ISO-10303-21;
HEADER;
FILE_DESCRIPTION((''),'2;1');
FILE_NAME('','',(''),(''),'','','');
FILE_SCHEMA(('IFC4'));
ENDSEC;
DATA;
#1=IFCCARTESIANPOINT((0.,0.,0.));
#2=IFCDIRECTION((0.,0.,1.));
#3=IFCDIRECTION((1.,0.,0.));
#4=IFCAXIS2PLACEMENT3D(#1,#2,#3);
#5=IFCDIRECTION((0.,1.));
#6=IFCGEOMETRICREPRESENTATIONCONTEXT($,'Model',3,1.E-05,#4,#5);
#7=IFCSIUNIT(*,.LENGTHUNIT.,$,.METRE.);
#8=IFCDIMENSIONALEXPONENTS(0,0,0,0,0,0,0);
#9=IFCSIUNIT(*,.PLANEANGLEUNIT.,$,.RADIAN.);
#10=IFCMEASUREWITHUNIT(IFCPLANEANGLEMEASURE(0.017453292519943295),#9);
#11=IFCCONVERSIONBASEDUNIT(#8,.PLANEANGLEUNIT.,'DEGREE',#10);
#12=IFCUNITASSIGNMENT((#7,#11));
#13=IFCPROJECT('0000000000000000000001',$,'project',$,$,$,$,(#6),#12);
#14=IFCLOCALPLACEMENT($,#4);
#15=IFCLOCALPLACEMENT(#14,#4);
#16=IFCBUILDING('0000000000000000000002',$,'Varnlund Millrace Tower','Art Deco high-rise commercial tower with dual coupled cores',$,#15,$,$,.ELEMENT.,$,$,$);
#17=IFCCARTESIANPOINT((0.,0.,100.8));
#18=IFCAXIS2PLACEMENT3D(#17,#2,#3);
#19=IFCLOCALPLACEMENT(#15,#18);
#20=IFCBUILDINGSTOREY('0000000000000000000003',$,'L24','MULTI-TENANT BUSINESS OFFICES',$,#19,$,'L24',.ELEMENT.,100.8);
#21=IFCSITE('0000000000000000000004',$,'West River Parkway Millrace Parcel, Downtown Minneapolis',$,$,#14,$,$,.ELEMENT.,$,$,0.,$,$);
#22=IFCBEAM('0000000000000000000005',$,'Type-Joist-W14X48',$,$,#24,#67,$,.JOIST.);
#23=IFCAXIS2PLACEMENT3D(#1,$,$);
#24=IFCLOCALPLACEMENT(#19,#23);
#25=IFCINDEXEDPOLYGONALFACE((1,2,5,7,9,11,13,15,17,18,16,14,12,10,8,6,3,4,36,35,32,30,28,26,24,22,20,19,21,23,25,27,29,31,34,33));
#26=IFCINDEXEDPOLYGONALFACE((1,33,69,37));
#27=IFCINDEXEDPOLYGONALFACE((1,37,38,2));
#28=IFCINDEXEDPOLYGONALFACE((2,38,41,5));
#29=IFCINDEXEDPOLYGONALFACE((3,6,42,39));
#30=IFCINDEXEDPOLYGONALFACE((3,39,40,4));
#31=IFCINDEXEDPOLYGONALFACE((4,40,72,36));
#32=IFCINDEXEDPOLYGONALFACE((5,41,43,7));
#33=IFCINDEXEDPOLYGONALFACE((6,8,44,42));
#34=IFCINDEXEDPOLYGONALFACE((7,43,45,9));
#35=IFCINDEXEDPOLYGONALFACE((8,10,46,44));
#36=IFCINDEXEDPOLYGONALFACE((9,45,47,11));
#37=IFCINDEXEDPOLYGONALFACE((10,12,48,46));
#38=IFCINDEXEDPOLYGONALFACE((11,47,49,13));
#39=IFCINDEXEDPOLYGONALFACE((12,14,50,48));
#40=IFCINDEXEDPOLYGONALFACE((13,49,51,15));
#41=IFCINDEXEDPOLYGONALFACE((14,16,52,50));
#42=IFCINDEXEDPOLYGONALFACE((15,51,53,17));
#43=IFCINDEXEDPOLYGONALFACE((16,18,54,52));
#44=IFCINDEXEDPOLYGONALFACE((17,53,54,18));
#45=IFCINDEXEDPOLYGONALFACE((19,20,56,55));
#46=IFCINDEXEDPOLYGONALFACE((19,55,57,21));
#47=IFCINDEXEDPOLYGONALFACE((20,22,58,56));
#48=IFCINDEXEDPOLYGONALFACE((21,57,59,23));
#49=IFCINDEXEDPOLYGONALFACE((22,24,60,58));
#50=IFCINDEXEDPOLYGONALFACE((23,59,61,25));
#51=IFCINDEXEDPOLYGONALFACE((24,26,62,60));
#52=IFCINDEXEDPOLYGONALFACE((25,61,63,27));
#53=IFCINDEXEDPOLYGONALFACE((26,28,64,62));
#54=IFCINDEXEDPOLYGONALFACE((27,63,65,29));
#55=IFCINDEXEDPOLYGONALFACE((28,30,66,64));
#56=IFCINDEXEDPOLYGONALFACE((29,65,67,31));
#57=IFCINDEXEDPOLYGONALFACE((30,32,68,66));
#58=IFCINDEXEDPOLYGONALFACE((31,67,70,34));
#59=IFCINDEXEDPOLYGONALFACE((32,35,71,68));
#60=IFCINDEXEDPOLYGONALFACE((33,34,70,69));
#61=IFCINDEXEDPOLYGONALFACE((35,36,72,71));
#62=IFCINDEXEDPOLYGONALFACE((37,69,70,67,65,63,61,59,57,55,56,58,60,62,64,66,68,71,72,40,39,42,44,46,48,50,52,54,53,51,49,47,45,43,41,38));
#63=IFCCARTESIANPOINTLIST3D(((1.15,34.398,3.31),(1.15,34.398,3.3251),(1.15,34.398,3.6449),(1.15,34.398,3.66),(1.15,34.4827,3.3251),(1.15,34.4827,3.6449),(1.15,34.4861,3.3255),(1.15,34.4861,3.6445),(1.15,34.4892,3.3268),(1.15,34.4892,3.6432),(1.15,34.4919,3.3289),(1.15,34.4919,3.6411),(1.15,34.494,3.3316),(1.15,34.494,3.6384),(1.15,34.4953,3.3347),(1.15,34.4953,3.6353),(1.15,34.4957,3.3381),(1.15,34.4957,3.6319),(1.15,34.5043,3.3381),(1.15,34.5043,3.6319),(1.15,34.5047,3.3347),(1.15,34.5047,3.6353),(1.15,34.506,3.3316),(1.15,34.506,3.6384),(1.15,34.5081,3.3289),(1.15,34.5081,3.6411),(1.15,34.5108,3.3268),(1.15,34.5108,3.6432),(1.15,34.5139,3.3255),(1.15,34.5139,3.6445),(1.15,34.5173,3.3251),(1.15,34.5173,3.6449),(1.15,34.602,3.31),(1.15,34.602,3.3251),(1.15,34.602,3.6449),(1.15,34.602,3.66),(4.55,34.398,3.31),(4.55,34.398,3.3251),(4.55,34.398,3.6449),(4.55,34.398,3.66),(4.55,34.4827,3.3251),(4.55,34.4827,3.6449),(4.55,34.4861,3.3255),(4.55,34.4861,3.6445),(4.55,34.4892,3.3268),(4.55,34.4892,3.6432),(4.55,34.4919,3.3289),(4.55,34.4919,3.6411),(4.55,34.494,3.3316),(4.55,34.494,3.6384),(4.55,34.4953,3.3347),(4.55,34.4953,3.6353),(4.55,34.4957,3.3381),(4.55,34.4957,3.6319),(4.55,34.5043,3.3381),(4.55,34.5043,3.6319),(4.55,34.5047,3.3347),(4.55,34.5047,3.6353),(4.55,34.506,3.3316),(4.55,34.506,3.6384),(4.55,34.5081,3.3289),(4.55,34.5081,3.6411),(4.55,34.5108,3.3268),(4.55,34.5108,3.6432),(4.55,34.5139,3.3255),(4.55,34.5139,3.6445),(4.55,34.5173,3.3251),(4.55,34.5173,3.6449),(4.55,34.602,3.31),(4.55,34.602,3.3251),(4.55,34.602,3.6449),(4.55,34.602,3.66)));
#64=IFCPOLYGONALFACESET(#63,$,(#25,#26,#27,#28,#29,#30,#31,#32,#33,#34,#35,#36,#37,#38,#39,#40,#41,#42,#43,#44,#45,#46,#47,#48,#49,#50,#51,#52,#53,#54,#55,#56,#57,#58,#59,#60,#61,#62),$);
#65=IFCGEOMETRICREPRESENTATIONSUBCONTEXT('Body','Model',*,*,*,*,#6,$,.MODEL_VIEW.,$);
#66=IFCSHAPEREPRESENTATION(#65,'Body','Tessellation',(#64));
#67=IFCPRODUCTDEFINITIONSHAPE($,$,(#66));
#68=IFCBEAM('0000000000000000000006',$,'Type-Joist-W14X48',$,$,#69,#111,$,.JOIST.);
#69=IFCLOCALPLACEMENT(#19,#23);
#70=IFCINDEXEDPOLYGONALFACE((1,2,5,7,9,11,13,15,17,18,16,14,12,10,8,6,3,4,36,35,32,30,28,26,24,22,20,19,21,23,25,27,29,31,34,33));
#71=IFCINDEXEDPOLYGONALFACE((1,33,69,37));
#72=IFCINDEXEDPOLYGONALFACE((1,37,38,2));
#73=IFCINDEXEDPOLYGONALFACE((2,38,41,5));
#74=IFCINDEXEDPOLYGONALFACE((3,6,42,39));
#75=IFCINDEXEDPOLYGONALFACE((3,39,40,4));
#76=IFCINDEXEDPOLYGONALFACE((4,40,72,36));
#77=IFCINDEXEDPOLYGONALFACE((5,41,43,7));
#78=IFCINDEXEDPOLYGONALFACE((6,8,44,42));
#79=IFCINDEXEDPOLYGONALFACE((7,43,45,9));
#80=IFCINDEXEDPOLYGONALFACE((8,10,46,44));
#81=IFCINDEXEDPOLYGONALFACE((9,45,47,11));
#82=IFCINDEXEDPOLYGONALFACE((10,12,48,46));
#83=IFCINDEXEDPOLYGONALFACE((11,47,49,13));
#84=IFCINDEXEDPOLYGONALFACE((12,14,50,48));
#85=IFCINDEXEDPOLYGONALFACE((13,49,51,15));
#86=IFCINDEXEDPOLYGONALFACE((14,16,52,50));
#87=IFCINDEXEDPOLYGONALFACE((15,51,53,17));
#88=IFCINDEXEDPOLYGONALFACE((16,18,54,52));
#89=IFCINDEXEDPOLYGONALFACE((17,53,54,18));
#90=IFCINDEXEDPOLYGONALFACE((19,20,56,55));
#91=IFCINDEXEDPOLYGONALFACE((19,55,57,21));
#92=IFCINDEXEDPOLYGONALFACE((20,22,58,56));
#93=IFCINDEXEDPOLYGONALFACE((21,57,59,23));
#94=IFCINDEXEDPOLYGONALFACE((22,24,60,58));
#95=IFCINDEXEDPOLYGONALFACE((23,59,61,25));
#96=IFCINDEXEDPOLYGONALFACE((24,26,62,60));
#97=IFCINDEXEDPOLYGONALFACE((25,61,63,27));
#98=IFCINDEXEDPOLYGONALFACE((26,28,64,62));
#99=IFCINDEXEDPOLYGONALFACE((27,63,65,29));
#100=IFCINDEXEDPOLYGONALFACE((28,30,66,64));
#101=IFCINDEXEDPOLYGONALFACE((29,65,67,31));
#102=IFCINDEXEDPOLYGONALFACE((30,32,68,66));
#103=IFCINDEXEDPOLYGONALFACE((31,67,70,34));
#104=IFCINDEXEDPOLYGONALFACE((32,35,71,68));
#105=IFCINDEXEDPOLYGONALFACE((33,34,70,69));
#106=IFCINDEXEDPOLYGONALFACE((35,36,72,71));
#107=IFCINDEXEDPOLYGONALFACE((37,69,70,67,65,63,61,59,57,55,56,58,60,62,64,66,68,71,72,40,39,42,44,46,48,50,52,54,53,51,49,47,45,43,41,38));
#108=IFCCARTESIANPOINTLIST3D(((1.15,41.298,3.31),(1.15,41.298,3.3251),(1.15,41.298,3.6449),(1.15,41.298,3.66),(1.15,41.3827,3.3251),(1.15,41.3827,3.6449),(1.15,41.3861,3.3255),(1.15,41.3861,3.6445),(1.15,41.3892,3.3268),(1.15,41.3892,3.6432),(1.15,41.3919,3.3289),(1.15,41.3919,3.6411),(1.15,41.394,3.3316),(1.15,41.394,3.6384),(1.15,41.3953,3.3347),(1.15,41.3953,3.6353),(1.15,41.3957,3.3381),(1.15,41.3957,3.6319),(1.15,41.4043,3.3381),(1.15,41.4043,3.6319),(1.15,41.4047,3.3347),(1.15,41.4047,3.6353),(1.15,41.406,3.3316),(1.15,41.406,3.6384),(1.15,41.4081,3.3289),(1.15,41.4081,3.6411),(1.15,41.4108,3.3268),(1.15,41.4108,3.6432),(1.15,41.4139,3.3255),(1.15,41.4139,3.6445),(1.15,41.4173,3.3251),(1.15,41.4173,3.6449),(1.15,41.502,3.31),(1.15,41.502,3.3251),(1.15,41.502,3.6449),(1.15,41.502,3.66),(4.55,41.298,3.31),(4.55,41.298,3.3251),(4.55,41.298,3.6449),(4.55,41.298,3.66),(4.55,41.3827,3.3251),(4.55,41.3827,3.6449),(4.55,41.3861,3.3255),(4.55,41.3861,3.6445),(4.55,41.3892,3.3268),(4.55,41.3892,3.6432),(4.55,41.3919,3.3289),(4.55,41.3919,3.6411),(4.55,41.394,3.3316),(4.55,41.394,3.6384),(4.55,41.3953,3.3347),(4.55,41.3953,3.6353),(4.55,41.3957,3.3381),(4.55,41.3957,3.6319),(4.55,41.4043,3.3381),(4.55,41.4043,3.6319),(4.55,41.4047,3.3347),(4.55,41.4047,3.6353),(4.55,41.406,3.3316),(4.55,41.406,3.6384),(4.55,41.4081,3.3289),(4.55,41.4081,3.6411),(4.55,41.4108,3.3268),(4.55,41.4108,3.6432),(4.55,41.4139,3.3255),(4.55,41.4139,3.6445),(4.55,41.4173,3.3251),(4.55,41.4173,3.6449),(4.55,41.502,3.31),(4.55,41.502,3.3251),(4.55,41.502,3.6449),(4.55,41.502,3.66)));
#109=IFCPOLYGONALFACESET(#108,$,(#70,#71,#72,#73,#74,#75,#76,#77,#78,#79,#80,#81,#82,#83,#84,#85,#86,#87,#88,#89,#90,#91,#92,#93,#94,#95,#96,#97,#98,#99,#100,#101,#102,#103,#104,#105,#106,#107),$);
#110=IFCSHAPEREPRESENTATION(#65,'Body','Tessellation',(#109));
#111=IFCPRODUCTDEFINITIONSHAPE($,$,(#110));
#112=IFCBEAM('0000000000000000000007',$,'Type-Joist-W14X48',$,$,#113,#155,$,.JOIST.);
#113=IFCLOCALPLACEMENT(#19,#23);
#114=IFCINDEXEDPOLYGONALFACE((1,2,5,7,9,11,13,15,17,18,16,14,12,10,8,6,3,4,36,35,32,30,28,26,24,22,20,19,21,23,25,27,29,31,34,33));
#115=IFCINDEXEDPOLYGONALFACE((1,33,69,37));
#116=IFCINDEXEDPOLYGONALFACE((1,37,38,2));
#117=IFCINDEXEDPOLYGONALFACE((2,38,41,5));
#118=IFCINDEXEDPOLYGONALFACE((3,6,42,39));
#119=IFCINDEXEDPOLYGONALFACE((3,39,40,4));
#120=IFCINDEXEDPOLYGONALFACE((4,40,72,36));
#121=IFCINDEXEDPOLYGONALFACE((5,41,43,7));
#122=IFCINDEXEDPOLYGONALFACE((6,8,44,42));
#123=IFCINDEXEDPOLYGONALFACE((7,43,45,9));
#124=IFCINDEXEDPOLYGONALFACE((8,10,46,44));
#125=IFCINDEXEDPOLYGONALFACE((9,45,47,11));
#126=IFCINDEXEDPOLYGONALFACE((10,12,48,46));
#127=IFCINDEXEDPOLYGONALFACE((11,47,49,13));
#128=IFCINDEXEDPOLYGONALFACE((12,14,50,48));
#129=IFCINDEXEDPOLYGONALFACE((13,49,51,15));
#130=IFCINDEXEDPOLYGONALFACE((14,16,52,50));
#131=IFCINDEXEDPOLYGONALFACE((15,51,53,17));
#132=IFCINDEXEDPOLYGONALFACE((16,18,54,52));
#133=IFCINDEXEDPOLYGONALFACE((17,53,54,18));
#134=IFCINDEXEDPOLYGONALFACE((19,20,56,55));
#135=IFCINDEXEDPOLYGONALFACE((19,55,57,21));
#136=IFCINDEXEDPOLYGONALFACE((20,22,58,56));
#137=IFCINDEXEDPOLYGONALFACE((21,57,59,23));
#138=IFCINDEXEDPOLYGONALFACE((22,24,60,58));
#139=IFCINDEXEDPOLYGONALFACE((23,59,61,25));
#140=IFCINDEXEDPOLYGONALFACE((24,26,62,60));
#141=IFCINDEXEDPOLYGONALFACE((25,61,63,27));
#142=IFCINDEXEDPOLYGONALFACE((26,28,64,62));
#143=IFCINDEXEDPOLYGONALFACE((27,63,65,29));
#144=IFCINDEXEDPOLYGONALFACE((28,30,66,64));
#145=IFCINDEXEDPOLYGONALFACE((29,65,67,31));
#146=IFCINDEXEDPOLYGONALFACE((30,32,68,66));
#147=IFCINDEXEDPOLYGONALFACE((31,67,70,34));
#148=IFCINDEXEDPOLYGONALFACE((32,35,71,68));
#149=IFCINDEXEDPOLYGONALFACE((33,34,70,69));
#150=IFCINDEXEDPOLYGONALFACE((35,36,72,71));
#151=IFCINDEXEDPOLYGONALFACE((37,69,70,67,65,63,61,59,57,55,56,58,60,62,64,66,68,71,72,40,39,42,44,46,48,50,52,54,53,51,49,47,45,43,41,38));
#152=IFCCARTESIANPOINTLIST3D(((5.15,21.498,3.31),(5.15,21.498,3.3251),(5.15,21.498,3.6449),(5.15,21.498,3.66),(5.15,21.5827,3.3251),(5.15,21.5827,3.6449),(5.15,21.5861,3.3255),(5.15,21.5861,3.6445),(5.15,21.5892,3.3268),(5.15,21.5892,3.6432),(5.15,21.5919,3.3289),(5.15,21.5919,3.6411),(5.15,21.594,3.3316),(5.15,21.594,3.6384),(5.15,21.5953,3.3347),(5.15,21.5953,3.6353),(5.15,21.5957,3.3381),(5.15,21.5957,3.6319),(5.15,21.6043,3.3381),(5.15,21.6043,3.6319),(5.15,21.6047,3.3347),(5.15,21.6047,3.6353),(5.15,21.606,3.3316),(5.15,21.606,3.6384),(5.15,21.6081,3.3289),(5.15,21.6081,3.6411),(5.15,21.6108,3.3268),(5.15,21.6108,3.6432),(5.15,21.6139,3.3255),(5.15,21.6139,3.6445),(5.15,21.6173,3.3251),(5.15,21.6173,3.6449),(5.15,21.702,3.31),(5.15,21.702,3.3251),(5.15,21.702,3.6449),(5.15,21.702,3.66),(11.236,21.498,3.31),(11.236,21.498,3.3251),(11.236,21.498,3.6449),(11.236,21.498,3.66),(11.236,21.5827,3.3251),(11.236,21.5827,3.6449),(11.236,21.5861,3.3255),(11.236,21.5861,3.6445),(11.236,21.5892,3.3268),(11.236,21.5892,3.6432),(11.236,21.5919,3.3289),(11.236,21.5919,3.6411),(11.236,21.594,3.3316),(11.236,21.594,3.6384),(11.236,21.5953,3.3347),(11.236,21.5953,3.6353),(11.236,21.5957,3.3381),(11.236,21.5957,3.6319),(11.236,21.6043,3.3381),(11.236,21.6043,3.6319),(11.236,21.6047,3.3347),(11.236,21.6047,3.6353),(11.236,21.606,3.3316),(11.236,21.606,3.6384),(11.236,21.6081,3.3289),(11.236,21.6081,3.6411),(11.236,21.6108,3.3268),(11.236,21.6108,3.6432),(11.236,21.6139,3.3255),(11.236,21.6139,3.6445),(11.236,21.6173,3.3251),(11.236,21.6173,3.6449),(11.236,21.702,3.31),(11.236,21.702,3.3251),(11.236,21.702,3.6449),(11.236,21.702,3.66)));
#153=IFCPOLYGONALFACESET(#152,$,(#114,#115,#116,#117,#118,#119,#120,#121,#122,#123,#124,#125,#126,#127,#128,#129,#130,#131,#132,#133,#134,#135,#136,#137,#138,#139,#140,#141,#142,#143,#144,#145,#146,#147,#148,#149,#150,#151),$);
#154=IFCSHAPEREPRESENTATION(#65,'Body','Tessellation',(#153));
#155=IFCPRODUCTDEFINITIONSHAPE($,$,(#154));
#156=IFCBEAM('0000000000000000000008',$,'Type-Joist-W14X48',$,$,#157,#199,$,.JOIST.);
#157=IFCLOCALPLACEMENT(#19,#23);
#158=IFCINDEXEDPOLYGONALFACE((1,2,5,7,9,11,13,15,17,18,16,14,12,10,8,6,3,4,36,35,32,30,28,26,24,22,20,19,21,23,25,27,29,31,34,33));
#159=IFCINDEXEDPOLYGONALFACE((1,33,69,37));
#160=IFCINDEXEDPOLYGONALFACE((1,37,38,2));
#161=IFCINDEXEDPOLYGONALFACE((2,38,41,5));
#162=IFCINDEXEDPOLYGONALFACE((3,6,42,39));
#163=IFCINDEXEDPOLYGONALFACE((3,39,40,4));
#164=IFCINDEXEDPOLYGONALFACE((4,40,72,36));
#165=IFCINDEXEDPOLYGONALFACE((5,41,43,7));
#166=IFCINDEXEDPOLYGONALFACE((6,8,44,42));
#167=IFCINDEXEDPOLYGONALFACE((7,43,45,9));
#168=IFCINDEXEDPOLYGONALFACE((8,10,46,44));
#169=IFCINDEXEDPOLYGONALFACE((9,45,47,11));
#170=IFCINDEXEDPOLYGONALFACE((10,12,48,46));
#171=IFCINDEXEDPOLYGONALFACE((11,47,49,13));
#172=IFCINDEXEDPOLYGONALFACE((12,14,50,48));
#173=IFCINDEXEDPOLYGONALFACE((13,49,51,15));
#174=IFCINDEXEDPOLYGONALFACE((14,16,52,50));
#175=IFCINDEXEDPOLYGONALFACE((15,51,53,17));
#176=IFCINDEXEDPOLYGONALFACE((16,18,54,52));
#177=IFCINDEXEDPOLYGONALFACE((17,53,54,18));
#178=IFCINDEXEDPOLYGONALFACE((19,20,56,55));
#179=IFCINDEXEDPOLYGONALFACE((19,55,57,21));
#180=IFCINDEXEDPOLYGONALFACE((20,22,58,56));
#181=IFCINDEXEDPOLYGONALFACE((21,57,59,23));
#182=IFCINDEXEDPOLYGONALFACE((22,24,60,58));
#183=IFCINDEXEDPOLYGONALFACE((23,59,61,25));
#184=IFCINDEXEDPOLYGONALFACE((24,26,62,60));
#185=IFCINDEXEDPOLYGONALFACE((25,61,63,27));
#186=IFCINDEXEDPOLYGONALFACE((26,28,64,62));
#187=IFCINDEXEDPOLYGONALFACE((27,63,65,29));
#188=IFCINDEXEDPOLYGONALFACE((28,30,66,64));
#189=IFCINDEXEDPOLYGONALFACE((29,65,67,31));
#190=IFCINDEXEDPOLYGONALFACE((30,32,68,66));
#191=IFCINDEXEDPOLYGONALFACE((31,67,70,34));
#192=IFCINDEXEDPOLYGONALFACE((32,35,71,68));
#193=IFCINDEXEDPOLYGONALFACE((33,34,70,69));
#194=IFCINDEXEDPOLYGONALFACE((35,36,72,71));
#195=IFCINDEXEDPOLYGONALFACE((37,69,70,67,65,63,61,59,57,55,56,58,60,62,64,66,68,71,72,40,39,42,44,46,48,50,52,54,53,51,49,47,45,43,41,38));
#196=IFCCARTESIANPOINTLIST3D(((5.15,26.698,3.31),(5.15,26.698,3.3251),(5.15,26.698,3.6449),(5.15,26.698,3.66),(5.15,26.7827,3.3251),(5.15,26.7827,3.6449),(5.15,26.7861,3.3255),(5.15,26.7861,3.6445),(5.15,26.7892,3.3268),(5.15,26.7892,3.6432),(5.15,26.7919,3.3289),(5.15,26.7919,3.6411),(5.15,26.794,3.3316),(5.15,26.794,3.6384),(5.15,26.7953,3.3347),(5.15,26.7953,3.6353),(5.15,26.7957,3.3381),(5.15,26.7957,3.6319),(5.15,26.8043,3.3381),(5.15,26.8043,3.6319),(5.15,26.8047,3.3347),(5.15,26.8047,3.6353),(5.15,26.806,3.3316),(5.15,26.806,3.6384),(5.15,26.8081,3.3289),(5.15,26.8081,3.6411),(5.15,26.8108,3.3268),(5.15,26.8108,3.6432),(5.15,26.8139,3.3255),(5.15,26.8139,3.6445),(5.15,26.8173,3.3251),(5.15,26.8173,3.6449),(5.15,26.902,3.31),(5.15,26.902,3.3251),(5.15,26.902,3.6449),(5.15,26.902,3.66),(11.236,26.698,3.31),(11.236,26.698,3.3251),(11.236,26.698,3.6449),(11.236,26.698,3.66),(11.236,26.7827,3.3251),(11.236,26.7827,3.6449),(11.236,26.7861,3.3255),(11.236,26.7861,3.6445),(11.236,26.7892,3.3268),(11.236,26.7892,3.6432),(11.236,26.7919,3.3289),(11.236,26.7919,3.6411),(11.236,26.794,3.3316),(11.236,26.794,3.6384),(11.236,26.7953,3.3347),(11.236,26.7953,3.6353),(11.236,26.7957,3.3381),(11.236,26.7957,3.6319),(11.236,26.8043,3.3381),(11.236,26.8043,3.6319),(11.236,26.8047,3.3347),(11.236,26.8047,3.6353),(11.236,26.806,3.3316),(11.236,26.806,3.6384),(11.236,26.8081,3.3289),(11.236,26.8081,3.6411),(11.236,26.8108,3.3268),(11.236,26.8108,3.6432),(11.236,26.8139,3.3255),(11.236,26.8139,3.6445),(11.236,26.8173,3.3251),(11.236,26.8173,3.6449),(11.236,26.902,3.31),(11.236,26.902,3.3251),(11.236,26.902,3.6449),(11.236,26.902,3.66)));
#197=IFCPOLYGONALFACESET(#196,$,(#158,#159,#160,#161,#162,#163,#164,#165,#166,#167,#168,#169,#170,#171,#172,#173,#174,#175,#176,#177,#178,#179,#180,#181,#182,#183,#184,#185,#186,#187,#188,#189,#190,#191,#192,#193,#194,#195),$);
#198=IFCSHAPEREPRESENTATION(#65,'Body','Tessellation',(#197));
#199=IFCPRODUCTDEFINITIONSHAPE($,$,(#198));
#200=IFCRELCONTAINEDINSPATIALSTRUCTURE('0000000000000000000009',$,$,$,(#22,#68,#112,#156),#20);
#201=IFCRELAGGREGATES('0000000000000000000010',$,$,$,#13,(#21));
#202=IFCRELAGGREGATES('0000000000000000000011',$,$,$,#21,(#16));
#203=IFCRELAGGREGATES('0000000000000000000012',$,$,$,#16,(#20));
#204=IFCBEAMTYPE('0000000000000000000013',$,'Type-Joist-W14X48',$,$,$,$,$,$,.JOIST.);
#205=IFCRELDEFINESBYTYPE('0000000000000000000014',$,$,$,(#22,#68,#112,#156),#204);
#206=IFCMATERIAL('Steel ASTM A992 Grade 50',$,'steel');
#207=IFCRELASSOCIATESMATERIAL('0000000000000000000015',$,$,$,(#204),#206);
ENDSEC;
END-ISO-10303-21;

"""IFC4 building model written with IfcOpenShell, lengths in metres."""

from ifc_helpers import new_model, entity, si_unit, converted_unit, direction, frame, origin_with_axes, origin_2d_with_axis, place, context, subcontext, project, spatial, i_section, extrude, material, material_profile, profile_set, type_object, element, save


model = new_model("IFC4")

# Units and contexts
model_context = context("Model", 3, precision=1e-05, world=origin_with_axes(), true_north=direction((0.0, 1.0)))
body_context = subcontext(model_context, "Body", "Model", "MODEL_VIEW")
ifc_project = project(units=[si_unit("LENGTHUNIT", "METRE"), converted_unit("PLANEANGLEUNIT", "DEGREE", entity("IfcPlaneAngleMeasure", 0.017453292519943295), si_unit("PLANEANGLEUNIT", "RADIAN"), dimensions=[0, 0, 0, 0, 0, 0, 0])], contexts=[model_context])

# Site, building, storey
site_placement = place(None, origin_with_axes())
site = spatial("IfcSite", under=ifc_project, at=site_placement, Name="West River Parkway Millrace Parcel, Downtown Minneapolis", CompositionType="ELEMENT", RefElevation=0.0)
building_placement = place(site_placement, origin_with_axes())
building = spatial("IfcBuilding", under=site, at=building_placement, Name="Varnlund Millrace Tower", Description="Art Deco high-rise commercial tower with dual coupled cores", CompositionType="ELEMENT")
storey_placement = place(building_placement, frame((0.0, 0.0, 100.8), z_axis=(0.0, 0.0, 1.0), x_axis=(1.0, 0.0, 0.0)))
storey = spatial("IfcBuildingStorey", under=building, at=storey_placement, Name="L24", Description="MULTI-TENANT BUSINESS OFFICES", LongName="L24", CompositionType="ELEMENT", Elevation=100.8)

# Beams
ifc_material_1 = material(Name="Steel ASTM A992 Grade 50", Category="steel")
ifc_material_profile_1 = material_profile(ifc_material_1, i_section(OverallWidth=0.204, OverallDepth=0.35, WebThickness=0.0086, FlangeThickness=0.0151, FilletRadius=0.013, at=origin_2d_with_axis()), Name="Steel ASTM A992 Grade 50")
ifc_profile_set_1 = profile_set([ifc_material_profile_1], Name="Steel ASTM A992 Grade 50")
beam_type_1 = type_object("IfcBeamType", Name="Type-Joist-W14X48", PredefinedType="JOIST", material=ifc_profile_set_1)
for number, where, z_axis, x_axis, name in (
    (1, (1.15, 34.5, 3.485), (1.0, 0.0, 0.0), (0.0, 1.0, 0.0), "Type-Joist-W14X48"),
    (2, (1.15, 41.4, 3.485), (1.0, 0.0, 0.0), (0.0, 1.0, 0.0), "Type-Joist-W14X48"),
):
    element("IfcBeam", number, at=place(storey_placement, frame(where, z_axis=z_axis, x_axis=x_axis)), inside=storey, type_object=beam_type_1, Name=name, PredefinedType="JOIST", context=body_context, shape_type="SweptSolid", body=[
        extrude(i_section(OverallWidth=0.204, OverallDepth=0.35, WebThickness=0.0086, FlangeThickness=0.0151, FilletRadius=0.013, at=origin_2d_with_axis()), origin_with_axes(), (0.0, 0.0, 1.0), 3.4),
    ])
for number, where, z_axis, x_axis, name in (
    (3, (5.15, 21.6, 3.485), (1.0, 0.0, 0.0), (0.0, 1.0, 0.0), "Type-Joist-W14X48"),
    (4, (5.15, 26.8, 3.485), (1.0, 0.0, 0.0), (0.0, 1.0, 0.0), "Type-Joist-W14X48"),
):
    element("IfcBeam", number, at=place(storey_placement, frame(where, z_axis=z_axis, x_axis=x_axis)), inside=storey, type_object=beam_type_1, Name=name, PredefinedType="JOIST", context=body_context, shape_type="SweptSolid", body=[
        extrude(i_section(OverallWidth=0.204, OverallDepth=0.35, WebThickness=0.0086, FlangeThickness=0.0151, FilletRadius=0.013, at=origin_2d_with_axis()), origin_with_axes(), (0.0, 0.0, 1.0), 6.086),
    ])

save(model, "model.ifc")
